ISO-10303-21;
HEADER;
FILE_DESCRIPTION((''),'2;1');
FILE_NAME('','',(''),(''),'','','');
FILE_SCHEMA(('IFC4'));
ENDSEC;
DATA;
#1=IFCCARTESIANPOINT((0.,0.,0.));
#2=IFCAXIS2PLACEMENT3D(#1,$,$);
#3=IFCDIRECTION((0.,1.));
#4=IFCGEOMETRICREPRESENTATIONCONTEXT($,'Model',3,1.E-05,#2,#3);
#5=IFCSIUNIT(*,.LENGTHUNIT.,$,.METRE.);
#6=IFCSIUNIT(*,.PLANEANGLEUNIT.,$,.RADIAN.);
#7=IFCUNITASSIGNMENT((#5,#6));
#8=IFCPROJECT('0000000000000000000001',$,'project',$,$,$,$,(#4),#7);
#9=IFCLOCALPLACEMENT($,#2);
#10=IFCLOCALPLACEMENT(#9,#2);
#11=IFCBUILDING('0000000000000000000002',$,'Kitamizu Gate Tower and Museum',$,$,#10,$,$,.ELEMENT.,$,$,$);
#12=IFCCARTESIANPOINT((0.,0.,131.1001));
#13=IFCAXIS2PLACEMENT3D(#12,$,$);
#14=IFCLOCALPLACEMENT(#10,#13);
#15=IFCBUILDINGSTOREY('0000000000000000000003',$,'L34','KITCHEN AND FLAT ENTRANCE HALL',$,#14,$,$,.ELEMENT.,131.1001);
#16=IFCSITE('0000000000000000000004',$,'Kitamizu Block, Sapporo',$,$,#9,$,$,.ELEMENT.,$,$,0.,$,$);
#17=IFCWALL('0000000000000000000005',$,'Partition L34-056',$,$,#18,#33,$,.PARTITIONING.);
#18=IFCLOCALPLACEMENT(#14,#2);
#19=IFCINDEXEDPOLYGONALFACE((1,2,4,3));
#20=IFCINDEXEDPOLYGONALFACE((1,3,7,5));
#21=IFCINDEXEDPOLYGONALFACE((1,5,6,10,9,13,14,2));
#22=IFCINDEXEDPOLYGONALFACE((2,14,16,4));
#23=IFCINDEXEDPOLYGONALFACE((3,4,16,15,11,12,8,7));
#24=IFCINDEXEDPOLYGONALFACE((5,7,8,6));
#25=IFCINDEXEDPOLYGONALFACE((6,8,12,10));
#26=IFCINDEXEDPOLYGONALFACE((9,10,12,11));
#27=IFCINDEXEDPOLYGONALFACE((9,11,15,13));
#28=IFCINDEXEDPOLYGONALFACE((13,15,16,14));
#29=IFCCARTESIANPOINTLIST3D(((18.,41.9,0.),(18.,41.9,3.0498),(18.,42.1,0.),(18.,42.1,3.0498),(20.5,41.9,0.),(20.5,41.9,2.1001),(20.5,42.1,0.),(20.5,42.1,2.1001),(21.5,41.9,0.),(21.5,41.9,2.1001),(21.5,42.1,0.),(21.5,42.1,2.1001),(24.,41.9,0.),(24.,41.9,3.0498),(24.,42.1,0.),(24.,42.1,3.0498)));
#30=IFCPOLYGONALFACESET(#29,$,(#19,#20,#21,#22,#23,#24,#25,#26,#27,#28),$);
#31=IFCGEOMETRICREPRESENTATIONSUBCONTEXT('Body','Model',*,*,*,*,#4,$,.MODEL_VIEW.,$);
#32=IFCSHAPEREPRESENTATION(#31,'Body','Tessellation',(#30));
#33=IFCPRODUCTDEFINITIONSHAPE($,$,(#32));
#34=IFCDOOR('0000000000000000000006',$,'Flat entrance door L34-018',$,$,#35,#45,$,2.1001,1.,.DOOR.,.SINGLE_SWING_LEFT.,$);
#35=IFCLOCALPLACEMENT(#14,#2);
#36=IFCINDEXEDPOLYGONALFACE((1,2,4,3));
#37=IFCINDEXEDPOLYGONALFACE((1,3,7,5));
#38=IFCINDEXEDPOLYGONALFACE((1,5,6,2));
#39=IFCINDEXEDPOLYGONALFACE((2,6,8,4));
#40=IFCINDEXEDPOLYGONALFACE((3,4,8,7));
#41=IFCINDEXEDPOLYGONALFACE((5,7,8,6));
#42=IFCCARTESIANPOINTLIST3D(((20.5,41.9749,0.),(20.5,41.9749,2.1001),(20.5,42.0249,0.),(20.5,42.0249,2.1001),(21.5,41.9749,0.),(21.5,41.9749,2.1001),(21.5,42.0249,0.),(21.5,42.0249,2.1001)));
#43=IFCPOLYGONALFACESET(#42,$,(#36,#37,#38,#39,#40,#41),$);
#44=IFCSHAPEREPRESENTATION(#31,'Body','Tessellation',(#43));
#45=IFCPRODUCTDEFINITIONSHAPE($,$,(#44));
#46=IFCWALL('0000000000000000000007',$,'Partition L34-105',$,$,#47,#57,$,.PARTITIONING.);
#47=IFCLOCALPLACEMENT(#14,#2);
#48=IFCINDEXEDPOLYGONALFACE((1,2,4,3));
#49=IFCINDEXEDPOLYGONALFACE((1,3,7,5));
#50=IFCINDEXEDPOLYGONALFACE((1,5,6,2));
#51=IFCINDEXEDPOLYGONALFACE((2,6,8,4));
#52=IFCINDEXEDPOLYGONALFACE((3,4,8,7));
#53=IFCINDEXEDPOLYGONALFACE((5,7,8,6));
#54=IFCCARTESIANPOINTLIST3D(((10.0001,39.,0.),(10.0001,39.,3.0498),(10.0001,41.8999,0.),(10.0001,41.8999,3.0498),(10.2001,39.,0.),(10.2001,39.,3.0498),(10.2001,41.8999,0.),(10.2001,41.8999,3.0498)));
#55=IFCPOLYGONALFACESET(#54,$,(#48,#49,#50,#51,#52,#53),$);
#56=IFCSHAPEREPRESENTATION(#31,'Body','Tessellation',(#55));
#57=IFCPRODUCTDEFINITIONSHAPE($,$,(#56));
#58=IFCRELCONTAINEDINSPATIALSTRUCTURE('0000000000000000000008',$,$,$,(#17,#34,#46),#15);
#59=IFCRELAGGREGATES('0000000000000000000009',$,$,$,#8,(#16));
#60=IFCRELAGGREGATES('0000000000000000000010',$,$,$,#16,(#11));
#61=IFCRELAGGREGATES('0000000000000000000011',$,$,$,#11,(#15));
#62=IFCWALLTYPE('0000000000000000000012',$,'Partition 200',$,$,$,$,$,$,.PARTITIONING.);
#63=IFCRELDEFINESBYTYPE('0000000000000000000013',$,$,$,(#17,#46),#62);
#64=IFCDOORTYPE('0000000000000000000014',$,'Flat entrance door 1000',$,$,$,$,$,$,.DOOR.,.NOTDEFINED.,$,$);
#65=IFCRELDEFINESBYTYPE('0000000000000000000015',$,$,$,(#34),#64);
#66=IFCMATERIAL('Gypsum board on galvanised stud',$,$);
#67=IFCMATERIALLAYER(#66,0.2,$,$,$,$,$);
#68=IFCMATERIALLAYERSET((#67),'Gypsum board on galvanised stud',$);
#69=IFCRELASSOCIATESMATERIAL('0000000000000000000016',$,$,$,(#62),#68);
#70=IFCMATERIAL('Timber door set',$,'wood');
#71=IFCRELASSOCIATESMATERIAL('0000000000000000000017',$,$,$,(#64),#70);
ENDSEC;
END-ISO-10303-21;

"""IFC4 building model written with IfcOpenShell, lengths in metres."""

from ifc_helpers import new_model, si_unit, direction, frame, frame_2d, origin, place, context, subcontext, project, spatial, rectangle, extrude, material, layer, layer_set, type_object, element, fill, save


model = new_model("IFC4")

# Units and contexts
model_context = context("Model", 3, precision=1e-05, world=origin(), true_north=direction((0.0, 1.0)))
body_context = subcontext(model_context, "Body", "Model", "MODEL_VIEW")
ifc_project = project(units=[si_unit("LENGTHUNIT", "METRE"), si_unit("PLANEANGLEUNIT", "RADIAN")], contexts=[model_context])

# Site, building, storey
site_placement = place(None, origin())
site = spatial("IfcSite", under=ifc_project, at=site_placement, Name="Kitamizu Block, Sapporo", CompositionType="ELEMENT", RefElevation=0.0)
building_placement = place(site_placement, origin())
building = spatial("IfcBuilding", under=site, at=building_placement, Name="Kitamizu Gate Tower and Museum", CompositionType="ELEMENT")
storey_placement = place(building_placement, frame((0.0, 0.0, 131.1001)))
storey = spatial("IfcBuildingStorey", under=building, at=storey_placement, Name="L34", Description="KITCHEN AND FLAT ENTRANCE HALL", CompositionType="ELEMENT", Elevation=131.1001)

# Shared definitions
ifc_material_1 = material(Name="Gypsum board on galvanised stud")
ifc_layer_1 = layer(ifc_material_1, 0.2)
ifc_layer_set_1 = layer_set([ifc_layer_1], Name="Gypsum board on galvanised stud")
wall_type_1 = type_object("IfcWallType", Name="Partition 200", PredefinedType="PARTITIONING", material=ifc_layer_set_1)

# Wall, opening, door
wall_1_placement = place(storey_placement, frame((18.0, 42.0, 0.0), z_axis=(0.0, 0.0, 1.0), x_axis=(1.0, 0.0, 0.0)))
wall_1 = element("IfcWall", 1, at=wall_1_placement, inside=storey, type_object=wall_type_1, Name="Partition L34-056", PredefinedType="PARTITIONING", context=body_context, shape_type="SweptSolid", body=[
    extrude(rectangle(XDim=6.0, YDim=0.2, at=frame_2d((3.0, 0.0))), origin(), (0.0, 0.0, 1.0), 3.0498),
])
opening_1_placement = place(wall_1_placement, frame((2.5, 0.0, 0.0)))
opening_1 = element("IfcOpeningElement", 2, at=opening_1_placement, cuts=wall_1, PredefinedType="OPENING", context=body_context, shape_type="SweptSolid", body=[
    extrude(rectangle(XDim=1.0, YDim=2.1001, at=frame_2d((0.5, 1.05))), frame((0.0, 0.1099, 0.0), z_axis=(0.0, -1.0, 0.0), x_axis=(1.0, 0.0, 0.0)), (0.0, 0.0, 1.0), 0.22),
])
ifc_material_2 = material(Name="Timber door set", Category="wood")
door_type_1 = type_object("IfcDoorType", Name="Flat entrance door 1000", OperationType="NOTDEFINED", PredefinedType="DOOR", material=ifc_material_2)
door_1_placement = place(opening_1_placement, origin())
door_1 = element("IfcDoor", 3, at=door_1_placement, inside=storey, type_object=door_type_1, Name="Flat entrance door L34-018", OperationType="SINGLE_SWING_LEFT", OverallHeight=2.1001, OverallWidth=1.0, PredefinedType="DOOR", context=body_context, shape_type="SweptSolid", body=[
    extrude(rectangle(XDim=1.0, YDim=2.1001, at=frame_2d((0.5, 1.05))), frame((0.0, 0.0249, 0.0), z_axis=(0.0, -1.0, 0.0), x_axis=(1.0, 0.0, 0.0)), (0.0, 0.0, 1.0), 0.05),
])
fill(opening_1, door_1)

# Wall
wall_2_placement = place(storey_placement, frame((10.1001, 39.0, 0.0), z_axis=(0.0, 0.0, 1.0), x_axis=(0.0, 1.0, 0.0)))
element("IfcWall", 4, at=wall_2_placement, inside=storey, type_object=wall_type_1, Name="Partition L34-105", PredefinedType="PARTITIONING", context=body_context, shape_type="SweptSolid", body=[
    extrude(rectangle(XDim=2.8999, YDim=0.2, at=frame_2d((1.45, 0.0))), origin(), (0.0, 0.0, 1.0), 3.0498),
])

save(model, "model.ifc")
